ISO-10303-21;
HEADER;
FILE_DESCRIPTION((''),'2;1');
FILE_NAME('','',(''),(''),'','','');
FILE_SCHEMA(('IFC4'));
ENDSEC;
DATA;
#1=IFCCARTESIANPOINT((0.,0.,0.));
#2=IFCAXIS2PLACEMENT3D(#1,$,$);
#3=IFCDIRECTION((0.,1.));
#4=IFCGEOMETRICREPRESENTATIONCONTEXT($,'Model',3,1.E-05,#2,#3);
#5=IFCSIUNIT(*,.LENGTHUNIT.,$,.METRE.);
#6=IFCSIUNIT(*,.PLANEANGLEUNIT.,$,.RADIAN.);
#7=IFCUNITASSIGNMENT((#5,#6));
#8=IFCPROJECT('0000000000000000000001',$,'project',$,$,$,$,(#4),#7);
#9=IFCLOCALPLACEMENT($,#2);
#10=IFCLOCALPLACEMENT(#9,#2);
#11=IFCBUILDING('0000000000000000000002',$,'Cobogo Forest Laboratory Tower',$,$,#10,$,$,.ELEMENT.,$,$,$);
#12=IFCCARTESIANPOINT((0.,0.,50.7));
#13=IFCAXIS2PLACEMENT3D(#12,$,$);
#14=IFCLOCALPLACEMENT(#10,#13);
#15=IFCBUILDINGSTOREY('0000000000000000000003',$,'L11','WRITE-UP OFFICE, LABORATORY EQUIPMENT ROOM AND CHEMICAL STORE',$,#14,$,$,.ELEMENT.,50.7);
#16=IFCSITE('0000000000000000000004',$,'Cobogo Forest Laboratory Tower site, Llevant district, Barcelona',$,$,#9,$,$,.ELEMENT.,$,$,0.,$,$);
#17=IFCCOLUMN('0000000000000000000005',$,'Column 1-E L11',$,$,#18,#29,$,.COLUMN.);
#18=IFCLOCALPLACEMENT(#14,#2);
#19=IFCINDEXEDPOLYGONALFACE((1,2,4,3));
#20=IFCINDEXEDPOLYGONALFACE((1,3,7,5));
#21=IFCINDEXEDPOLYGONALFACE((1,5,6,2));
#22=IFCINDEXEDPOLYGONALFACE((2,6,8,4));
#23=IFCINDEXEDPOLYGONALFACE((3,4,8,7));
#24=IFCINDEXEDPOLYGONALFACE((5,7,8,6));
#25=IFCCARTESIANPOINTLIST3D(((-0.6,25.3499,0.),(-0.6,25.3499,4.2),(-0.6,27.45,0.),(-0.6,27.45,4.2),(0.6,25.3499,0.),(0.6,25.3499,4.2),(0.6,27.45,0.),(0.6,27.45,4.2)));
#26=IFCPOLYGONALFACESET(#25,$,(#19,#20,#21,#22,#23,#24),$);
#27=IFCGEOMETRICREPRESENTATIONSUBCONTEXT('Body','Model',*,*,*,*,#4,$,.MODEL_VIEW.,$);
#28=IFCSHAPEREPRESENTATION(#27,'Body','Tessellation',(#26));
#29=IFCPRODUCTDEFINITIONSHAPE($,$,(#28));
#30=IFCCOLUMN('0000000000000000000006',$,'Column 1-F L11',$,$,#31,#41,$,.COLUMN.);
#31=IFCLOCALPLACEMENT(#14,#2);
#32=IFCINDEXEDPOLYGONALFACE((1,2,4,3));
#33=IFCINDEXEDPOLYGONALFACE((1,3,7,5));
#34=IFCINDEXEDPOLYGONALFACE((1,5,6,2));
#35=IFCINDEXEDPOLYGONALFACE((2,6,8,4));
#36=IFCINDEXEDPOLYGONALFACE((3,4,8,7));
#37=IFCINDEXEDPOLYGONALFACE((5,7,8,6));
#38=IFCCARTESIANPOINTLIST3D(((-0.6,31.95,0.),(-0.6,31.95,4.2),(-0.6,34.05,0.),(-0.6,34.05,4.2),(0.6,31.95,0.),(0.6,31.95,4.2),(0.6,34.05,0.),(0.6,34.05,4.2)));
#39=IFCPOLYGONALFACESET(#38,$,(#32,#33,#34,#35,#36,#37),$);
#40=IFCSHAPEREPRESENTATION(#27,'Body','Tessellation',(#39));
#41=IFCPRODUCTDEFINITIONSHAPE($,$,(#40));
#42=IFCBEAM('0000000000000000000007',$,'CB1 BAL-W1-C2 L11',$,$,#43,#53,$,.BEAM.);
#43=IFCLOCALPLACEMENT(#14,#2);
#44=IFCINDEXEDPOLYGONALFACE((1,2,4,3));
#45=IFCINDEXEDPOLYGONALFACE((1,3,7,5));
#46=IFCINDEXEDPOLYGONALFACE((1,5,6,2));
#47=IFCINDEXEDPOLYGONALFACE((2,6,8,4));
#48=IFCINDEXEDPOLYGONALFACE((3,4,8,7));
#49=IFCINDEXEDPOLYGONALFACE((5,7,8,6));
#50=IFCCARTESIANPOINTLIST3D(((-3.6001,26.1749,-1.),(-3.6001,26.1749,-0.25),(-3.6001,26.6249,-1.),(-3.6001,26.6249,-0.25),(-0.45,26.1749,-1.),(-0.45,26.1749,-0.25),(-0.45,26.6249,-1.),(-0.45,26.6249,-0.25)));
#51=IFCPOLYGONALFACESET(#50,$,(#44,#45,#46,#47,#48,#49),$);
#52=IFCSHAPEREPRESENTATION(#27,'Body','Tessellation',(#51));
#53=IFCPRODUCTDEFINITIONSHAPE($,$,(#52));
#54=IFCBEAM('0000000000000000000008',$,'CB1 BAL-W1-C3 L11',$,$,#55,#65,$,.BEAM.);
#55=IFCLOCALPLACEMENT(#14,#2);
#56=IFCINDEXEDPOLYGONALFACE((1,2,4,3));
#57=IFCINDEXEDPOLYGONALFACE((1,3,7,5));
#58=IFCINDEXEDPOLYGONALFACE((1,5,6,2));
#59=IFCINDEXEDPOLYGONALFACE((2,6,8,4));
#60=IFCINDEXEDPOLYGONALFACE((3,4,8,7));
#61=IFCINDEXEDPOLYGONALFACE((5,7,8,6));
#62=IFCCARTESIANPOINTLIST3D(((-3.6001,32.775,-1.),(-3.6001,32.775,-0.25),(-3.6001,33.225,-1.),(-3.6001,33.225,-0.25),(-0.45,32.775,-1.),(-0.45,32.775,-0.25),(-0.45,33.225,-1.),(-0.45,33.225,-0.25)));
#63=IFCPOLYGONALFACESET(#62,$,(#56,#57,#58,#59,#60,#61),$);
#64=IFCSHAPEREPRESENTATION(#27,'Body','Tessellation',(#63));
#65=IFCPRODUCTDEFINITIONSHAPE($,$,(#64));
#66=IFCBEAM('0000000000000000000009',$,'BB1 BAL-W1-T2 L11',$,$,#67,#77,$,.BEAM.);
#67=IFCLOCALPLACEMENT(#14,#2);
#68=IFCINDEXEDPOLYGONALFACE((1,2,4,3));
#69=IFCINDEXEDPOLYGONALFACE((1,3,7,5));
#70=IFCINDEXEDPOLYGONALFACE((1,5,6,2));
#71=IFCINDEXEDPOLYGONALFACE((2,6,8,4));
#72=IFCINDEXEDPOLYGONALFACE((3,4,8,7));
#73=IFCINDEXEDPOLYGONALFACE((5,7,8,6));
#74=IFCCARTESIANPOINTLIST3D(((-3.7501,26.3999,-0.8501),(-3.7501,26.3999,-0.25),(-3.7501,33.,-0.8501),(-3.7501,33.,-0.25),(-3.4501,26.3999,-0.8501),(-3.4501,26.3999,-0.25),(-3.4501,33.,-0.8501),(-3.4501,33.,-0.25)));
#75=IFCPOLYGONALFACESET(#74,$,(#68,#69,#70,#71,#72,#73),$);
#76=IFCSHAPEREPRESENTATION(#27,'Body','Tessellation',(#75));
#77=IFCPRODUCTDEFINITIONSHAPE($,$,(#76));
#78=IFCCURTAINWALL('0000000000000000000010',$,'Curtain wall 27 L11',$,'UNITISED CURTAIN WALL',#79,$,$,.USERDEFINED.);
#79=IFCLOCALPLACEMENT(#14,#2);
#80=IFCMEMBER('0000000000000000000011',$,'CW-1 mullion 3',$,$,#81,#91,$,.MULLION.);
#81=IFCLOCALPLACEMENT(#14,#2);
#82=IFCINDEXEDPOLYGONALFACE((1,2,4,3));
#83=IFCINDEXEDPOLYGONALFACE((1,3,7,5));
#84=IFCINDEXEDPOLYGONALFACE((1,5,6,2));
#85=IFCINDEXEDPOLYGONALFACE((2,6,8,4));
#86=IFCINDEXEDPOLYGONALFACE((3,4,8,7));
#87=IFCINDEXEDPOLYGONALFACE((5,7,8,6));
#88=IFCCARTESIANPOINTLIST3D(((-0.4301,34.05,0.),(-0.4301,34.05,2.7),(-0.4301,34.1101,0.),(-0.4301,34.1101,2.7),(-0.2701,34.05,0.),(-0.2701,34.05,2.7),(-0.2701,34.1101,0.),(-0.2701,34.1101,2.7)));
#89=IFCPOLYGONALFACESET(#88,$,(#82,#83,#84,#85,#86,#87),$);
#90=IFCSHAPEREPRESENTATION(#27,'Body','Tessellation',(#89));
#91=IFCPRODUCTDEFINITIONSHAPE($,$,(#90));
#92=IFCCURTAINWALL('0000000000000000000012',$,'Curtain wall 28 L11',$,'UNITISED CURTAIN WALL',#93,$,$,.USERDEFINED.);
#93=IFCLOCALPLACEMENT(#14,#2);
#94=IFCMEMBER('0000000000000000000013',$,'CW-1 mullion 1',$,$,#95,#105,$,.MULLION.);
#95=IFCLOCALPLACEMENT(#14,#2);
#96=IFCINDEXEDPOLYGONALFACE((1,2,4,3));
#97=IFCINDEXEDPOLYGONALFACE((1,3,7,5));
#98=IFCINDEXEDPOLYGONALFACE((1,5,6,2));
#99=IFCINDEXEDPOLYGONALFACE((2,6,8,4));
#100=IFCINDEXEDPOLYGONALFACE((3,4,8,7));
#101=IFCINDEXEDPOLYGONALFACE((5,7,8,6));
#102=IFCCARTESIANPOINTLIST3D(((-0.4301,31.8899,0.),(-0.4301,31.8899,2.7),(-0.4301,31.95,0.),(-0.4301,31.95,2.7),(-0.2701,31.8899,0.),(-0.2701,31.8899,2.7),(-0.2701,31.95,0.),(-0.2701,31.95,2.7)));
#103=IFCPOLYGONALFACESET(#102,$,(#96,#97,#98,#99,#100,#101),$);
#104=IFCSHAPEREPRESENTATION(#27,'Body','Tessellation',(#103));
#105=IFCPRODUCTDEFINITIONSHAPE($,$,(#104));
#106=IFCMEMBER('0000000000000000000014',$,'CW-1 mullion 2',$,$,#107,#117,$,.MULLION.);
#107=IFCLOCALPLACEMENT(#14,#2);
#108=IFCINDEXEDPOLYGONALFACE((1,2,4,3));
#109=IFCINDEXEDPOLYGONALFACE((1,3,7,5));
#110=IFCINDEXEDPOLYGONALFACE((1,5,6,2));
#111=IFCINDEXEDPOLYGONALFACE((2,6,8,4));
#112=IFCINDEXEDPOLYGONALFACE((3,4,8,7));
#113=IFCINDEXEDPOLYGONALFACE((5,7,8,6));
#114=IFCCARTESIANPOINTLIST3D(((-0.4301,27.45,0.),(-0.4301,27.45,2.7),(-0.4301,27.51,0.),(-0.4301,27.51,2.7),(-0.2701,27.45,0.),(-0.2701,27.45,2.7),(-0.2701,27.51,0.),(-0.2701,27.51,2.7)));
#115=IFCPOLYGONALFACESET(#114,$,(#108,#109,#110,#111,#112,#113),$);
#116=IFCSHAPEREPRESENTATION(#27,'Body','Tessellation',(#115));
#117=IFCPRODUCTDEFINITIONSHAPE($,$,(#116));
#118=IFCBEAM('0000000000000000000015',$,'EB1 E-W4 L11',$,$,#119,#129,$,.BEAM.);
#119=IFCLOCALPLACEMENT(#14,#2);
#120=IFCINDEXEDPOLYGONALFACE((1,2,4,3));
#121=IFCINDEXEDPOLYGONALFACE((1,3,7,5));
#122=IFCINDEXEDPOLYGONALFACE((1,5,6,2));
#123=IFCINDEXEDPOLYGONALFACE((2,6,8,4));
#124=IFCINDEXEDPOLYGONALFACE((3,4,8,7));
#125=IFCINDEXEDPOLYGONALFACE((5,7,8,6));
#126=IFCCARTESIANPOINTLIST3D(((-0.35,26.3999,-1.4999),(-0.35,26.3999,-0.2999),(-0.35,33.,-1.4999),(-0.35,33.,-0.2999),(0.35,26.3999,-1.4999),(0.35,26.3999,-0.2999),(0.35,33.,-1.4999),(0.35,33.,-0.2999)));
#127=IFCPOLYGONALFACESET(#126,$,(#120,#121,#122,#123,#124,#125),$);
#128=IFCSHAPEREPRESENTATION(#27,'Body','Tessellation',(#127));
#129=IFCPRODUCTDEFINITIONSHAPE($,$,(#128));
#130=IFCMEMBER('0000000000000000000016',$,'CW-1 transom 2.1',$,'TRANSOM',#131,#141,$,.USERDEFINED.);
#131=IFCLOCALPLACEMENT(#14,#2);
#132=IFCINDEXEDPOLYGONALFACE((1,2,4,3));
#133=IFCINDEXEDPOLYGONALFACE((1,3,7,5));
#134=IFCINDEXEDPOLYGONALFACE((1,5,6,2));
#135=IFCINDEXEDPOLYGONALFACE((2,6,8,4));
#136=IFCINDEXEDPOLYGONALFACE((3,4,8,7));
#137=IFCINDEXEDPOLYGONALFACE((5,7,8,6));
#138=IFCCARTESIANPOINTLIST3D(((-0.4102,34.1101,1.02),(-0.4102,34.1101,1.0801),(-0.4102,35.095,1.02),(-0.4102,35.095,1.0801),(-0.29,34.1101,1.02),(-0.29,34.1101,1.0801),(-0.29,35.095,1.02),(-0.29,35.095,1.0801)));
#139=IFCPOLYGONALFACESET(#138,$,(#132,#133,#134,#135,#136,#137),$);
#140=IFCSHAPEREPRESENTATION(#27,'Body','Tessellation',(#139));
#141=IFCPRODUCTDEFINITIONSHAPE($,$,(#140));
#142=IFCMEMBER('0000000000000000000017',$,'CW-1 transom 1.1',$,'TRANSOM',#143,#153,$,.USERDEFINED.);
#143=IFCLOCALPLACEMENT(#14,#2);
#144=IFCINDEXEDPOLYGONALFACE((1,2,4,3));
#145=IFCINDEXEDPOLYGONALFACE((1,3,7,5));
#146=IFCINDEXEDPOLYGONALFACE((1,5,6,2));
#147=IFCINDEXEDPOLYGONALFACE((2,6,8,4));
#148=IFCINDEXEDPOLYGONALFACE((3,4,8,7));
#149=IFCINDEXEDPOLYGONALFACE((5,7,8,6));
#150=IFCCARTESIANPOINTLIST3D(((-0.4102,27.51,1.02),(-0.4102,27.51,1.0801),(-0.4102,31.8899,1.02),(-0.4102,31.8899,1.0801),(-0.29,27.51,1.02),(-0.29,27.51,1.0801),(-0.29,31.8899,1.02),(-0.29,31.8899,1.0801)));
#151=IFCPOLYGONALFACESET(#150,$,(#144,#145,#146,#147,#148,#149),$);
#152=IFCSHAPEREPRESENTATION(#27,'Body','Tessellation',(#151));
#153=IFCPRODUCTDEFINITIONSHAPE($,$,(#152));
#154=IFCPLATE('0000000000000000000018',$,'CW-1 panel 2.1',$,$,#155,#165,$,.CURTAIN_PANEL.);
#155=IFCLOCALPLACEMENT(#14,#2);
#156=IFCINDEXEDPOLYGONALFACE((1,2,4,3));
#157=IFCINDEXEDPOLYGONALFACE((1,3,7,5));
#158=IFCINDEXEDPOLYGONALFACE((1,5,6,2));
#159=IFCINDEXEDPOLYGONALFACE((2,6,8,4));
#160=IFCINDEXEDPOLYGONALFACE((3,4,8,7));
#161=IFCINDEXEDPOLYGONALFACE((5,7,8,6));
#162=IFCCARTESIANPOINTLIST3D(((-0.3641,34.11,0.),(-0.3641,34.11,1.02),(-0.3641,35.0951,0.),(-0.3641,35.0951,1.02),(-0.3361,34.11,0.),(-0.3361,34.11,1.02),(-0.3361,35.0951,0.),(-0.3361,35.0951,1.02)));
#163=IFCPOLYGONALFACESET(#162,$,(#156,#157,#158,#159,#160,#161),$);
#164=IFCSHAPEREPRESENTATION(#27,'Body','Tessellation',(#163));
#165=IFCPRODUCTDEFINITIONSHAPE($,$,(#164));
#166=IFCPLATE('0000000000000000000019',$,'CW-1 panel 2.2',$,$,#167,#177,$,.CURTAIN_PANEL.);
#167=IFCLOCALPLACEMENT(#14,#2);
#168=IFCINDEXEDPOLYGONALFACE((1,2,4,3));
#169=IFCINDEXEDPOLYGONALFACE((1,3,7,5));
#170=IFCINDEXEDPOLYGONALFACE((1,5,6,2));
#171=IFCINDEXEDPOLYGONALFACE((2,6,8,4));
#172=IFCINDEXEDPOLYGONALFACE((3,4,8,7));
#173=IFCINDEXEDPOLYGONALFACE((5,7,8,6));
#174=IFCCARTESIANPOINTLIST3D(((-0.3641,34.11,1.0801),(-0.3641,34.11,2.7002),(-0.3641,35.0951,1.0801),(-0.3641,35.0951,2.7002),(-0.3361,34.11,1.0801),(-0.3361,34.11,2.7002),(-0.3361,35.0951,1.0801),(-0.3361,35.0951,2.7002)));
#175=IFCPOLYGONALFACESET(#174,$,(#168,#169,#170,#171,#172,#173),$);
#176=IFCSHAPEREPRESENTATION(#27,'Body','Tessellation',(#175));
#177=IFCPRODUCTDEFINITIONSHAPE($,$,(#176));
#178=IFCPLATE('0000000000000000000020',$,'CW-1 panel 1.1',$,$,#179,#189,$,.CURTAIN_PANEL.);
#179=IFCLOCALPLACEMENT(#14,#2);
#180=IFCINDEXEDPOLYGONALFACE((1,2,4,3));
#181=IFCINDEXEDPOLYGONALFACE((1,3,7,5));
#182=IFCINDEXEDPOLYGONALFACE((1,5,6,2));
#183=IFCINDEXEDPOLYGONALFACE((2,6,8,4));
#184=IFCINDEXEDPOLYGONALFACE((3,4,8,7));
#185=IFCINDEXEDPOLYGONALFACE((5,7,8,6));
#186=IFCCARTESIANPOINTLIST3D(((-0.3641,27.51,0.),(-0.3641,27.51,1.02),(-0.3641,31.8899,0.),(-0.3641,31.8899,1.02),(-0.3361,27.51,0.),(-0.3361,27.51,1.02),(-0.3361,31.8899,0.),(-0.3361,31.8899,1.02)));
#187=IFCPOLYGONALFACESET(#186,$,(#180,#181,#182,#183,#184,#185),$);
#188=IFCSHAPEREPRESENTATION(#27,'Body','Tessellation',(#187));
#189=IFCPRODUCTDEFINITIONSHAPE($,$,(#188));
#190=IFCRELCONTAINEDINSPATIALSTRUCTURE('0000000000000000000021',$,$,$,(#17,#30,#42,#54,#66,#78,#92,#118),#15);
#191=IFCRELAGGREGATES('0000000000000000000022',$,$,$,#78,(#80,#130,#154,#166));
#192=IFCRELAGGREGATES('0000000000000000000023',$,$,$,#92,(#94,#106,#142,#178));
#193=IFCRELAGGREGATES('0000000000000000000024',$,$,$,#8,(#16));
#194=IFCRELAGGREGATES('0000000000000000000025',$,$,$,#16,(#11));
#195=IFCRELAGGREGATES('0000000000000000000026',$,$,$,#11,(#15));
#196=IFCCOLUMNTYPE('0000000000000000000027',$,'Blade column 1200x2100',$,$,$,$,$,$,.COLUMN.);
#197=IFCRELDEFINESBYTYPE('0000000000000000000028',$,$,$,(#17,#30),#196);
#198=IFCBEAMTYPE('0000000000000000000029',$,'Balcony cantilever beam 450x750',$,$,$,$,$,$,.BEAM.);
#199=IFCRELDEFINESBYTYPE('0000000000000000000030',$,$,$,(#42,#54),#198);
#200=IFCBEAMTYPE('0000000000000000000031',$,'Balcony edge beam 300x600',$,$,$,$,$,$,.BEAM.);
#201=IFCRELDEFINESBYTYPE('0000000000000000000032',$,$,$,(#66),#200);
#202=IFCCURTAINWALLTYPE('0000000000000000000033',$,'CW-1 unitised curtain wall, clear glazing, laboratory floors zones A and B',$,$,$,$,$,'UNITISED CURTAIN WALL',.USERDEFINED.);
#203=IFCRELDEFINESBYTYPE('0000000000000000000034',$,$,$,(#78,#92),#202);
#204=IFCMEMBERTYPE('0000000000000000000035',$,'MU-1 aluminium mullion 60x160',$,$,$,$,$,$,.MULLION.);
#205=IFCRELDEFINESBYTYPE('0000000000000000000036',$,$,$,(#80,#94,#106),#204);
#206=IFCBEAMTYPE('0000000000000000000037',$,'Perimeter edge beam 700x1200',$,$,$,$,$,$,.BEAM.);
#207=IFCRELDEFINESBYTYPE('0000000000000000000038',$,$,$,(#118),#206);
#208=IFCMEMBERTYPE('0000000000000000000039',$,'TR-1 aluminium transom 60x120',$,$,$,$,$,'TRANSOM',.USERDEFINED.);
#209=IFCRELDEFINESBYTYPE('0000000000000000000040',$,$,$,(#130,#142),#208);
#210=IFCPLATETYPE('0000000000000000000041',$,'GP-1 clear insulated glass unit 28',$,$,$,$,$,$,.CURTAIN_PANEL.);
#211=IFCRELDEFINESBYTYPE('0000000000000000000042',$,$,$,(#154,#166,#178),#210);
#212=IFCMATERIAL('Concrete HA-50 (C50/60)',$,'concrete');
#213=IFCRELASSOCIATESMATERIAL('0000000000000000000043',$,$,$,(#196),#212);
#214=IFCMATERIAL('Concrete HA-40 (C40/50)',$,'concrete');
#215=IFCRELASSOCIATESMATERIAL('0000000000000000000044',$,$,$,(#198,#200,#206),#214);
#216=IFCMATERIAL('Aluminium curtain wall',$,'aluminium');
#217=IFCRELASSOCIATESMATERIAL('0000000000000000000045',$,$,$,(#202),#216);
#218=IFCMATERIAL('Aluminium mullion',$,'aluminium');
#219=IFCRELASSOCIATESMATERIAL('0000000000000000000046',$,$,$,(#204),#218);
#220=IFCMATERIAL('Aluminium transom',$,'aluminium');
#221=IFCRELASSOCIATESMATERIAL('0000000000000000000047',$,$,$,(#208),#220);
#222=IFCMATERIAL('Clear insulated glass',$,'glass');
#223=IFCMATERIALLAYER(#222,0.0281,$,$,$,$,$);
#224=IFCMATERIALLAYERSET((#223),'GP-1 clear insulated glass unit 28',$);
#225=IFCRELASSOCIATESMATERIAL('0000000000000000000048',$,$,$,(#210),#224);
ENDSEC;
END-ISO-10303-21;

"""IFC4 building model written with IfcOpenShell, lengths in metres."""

from ifc_helpers import new_model, si_unit, direction, frame, origin, origin_2d, place, context, subcontext, project, spatial, rectangle, extrude, material, layer, layer_set, material_profile, profile_set, type_object, element, aggregate, save


model = new_model("IFC4")

# Units and contexts
model_context = context("Model", 3, precision=1e-05, world=origin(), true_north=direction((0.0, 1.0)))
body_context = subcontext(model_context, "Body", "Model", "MODEL_VIEW")
ifc_project = project(units=[si_unit("LENGTHUNIT", "METRE"), si_unit("PLANEANGLEUNIT", "RADIAN")], contexts=[model_context])

# Site, building, storey
site_placement = place(None, origin())
site = spatial("IfcSite", under=ifc_project, at=site_placement, Name="Cobogo Forest Laboratory Tower site, Llevant district, Barcelona", CompositionType="ELEMENT", RefElevation=0.0)
building_placement = place(site_placement, origin())
building = spatial("IfcBuilding", under=site, at=building_placement, Name="Cobogo Forest Laboratory Tower", CompositionType="ELEMENT")
storey_placement = place(building_placement, frame((0.0, 0.0, 50.7)))
storey = spatial("IfcBuildingStorey", under=building, at=storey_placement, Name="L11", Description="WRITE-UP OFFICE, LABORATORY EQUIPMENT ROOM AND CHEMICAL STORE", CompositionType="ELEMENT", Elevation=50.7)

# Columns
ifc_material_1 = material(Name="Concrete HA-50 (C50/60)", Category="concrete")
ifc_material_profile_1 = material_profile(ifc_material_1, rectangle(XDim=2.1001, YDim=1.2, at=origin_2d()), Name="RC 1200x2100")
ifc_profile_set_1 = profile_set([ifc_material_profile_1], Name="Concrete HA-50 (C50/60)")
column_type = type_object("IfcColumnType", Name="Blade column 1200x2100", PredefinedType="COLUMN", material=ifc_profile_set_1)
for number, where, z_axis, x_axis, name in (
    (1, (0.0, 26.3999, 0.0), (0.0, 0.0, 1.0), (0.0, 1.0, 0.0), "Column 1-E L11"),
    (2, (0.0, 33.0, 0.0), (0.0, 0.0, 1.0), (0.0, 1.0, 0.0), "Column 1-F L11"),
):
    element("IfcColumn", number, at=place(storey_placement, frame(where, z_axis=z_axis, x_axis=x_axis)), inside=storey, type_object=column_type, Name=name, PredefinedType="COLUMN", context=body_context, shape_type="SweptSolid", body=[
        extrude(rectangle(XDim=2.1001, YDim=1.2, at=origin_2d()), origin(), (0.0, 0.0, 1.0), 4.2),
    ])

# Beams
ifc_material_2 = material(Name="Concrete HA-40 (C40/50)", Category="concrete")
ifc_material_profile_2 = material_profile(ifc_material_2, rectangle(XDim=0.45, YDim=0.75, at=origin_2d()), Name="RC 450x750")
ifc_profile_set_2 = profile_set([ifc_material_profile_2], Name="Concrete HA-40 (C40/50)")
beam_type_1 = type_object("IfcBeamType", Name="Balcony cantilever beam 450x750", PredefinedType="BEAM", material=ifc_profile_set_2)
for number, where, z_axis, x_axis, name in (
    (3, (-0.45, 26.3999, -0.625), (-1.0, 0.0, 0.0), (0.0, -1.0, 0.0), "CB1 BAL-W1-C2 L11"),
    (4, (-0.45, 33.0, -0.625), (-1.0, 0.0, 0.0), (0.0, -1.0, 0.0), "CB1 BAL-W1-C3 L11"),
):
    element("IfcBeam", number, at=place(storey_placement, frame(where, z_axis=z_axis, x_axis=x_axis)), inside=storey, type_object=beam_type_1, Name=name, PredefinedType="BEAM", context=body_context, shape_type="SweptSolid", body=[
        extrude(rectangle(XDim=0.45, YDim=0.75, at=origin_2d()), origin(), (0.0, 0.0, 1.0), 3.1501),
    ])
ifc_material_profile_3 = material_profile(ifc_material_2, rectangle(XDim=0.3, YDim=0.6001, at=origin_2d()), Name="RC 300x600")
ifc_profile_set_3 = profile_set([ifc_material_profile_3], Name="Concrete HA-40 (C40/50)")
beam_type_2 = type_object("IfcBeamType", Name="Balcony edge beam 300x600", PredefinedType="BEAM", material=ifc_profile_set_3)
beam_1_placement = place(storey_placement, frame((-3.6001, 26.3999, -0.55), z_axis=(0.0, 1.0, 0.0), x_axis=(-1.0, 0.0, 0.0)))
element("IfcBeam", 5, at=beam_1_placement, inside=storey, type_object=beam_type_2, Name="BB1 BAL-W1-T2 L11", PredefinedType="BEAM", context=body_context, shape_type="SweptSolid", body=[
    extrude(rectangle(XDim=0.3, YDim=0.6001, at=origin_2d()), origin(), (0.0, 0.0, 1.0), 6.6001),
])

# Curtain wall, member
ifc_material_3 = material(Name="Aluminium curtain wall", Category="aluminium")
curtain_wall_type = type_object("IfcCurtainWallType", Name="CW-1 unitised curtain wall, clear glazing, laboratory floors zones A and B", ElementType="UNITISED CURTAIN WALL", PredefinedType="USERDEFINED", material=ifc_material_3)
curtain_wall_1_placement = place(storey_placement, origin())
curtain_wall_1 = element("IfcCurtainWall", 6, at=curtain_wall_1_placement, inside=storey, type_object=curtain_wall_type, Name="Curtain wall 27 L11", ObjectType="UNITISED CURTAIN WALL", PredefinedType="USERDEFINED")
ifc_material_4 = material(Name="Aluminium mullion", Category="aluminium")
ifc_material_profile_4 = material_profile(ifc_material_4, rectangle(XDim=0.0601, YDim=0.1599, at=origin_2d()), Name="AL 60x160")
ifc_profile_set_4 = profile_set([ifc_material_profile_4], Name="Aluminium mullion")
member_type_1 = type_object("IfcMemberType", Name="MU-1 aluminium mullion 60x160", PredefinedType="MULLION", material=ifc_profile_set_4)
member_1_placement = place(storey_placement, frame((-0.3501, 34.0801, 0.0), z_axis=(0.0, 0.0, 1.0), x_axis=(0.0, -1.0, 0.0)))
member_1 = element("IfcMember", 7, at=member_1_placement, type_object=member_type_1, Name="CW-1 mullion 3", PredefinedType="MULLION", context=body_context, shape_type="SweptSolid", body=[
    extrude(rectangle(XDim=0.0601, YDim=0.1599, at=origin_2d()), origin(), (0.0, 0.0, 1.0), 2.7),
])

# Curtain wall, members
curtain_wall_2_placement = place(storey_placement, origin())
curtain_wall_2 = element("IfcCurtainWall", 8, at=curtain_wall_2_placement, inside=storey, type_object=curtain_wall_type, Name="Curtain wall 28 L11", ObjectType="UNITISED CURTAIN WALL", PredefinedType="USERDEFINED")
member_2_placement = place(storey_placement, frame((-0.3501, 31.9199, 0.0), z_axis=(0.0, 0.0, 1.0), x_axis=(0.0, -1.0, 0.0)))
member_2 = element("IfcMember", 9, at=member_2_placement, type_object=member_type_1, Name="CW-1 mullion 1", PredefinedType="MULLION", context=body_context, shape_type="SweptSolid", body=[
    extrude(rectangle(XDim=0.0601, YDim=0.1599, at=origin_2d()), origin(), (0.0, 0.0, 1.0), 2.7),
])
member_3_placement = place(storey_placement, frame((-0.3501, 27.48, 0.0), z_axis=(0.0, 0.0, 1.0), x_axis=(0.0, -1.0, 0.0)))
member_3 = element("IfcMember", 10, at=member_3_placement, type_object=member_type_1, Name="CW-1 mullion 2", PredefinedType="MULLION", context=body_context, shape_type="SweptSolid", body=[
    extrude(rectangle(XDim=0.0601, YDim=0.1599, at=origin_2d()), origin(), (0.0, 0.0, 1.0), 2.7),
])

# Beam
ifc_material_profile_5 = material_profile(ifc_material_2, rectangle(XDim=0.7, YDim=1.2, at=origin_2d()), Name="RC 700x1200")
ifc_profile_set_5 = profile_set([ifc_material_profile_5], Name="Concrete HA-40 (C40/50)")
beam_type_3 = type_object("IfcBeamType", Name="Perimeter edge beam 700x1200", PredefinedType="BEAM", material=ifc_profile_set_5)
beam_2_placement = place(storey_placement, frame((0.0, 26.3999, -0.8999), z_axis=(0.0, 1.0, 0.0), x_axis=(-1.0, 0.0, 0.0)))
element("IfcBeam", 11, at=beam_2_placement, inside=storey, type_object=beam_type_3, Name="EB1 E-W4 L11", PredefinedType="BEAM", context=body_context, shape_type="SweptSolid", body=[
    extrude(rectangle(XDim=0.7, YDim=1.2, at=origin_2d()), origin(), (0.0, 0.0, 1.0), 6.6001),
])

# Members
ifc_material_5 = material(Name="Aluminium transom", Category="aluminium")
ifc_material_profile_6 = material_profile(ifc_material_5, rectangle(XDim=0.1201, YDim=0.0601, at=origin_2d()), Name="AL 60x120")
ifc_profile_set_6 = profile_set([ifc_material_profile_6], Name="Aluminium transom")
member_type_2 = type_object("IfcMemberType", Name="TR-1 aluminium transom 60x120", ElementType="TRANSOM", PredefinedType="USERDEFINED", material=ifc_profile_set_6)
member_4_placement = place(storey_placement, frame((-0.3501, 35.095, 1.05), z_axis=(0.0, -1.0, 0.0), x_axis=(1.0, 0.0, 0.0)))
member_4 = element("IfcMember", 12, at=member_4_placement, type_object=member_type_2, Name="CW-1 transom 2.1", ObjectType="TRANSOM", PredefinedType="USERDEFINED", context=body_context, shape_type="SweptSolid", body=[
    extrude(rectangle(XDim=0.1201, YDim=0.0601, at=origin_2d()), origin(), (0.0, 0.0, 1.0), 0.9849),
])
member_5_placement = place(storey_placement, frame((-0.3501, 31.8899, 1.05), z_axis=(0.0, -1.0, 0.0), x_axis=(1.0, 0.0, 0.0)))
member_5 = element("IfcMember", 13, at=member_5_placement, type_object=member_type_2, Name="CW-1 transom 1.1", ObjectType="TRANSOM", PredefinedType="USERDEFINED", context=body_context, shape_type="SweptSolid", body=[
    extrude(rectangle(XDim=0.1201, YDim=0.0601, at=origin_2d()), origin(), (0.0, 0.0, 1.0), 4.3799),
])

# Plates
ifc_material_6 = material(Name="Clear insulated glass", Category="glass")
ifc_layer_1 = layer(ifc_material_6, 0.0281)
ifc_layer_set_1 = layer_set([ifc_layer_1], Name="GP-1 clear insulated glass unit 28")
plate_type_1 = type_object("IfcPlateType", Name="GP-1 clear insulated glass unit 28", PredefinedType="CURTAIN_PANEL", material=ifc_layer_set_1)
plate_1_placement = place(storey_placement, frame((-0.3501, 34.6025, 0.0), z_axis=(0.0, 0.0, 1.0), x_axis=(0.0, -1.0, 0.0)))
plate_1 = element("IfcPlate", 14, at=plate_1_placement, type_object=plate_type_1, Name="CW-1 panel 2.1", PredefinedType="CURTAIN_PANEL", context=body_context, shape_type="SweptSolid", body=[
    extrude(rectangle(XDim=0.9851, YDim=0.0281, at=origin_2d()), origin(), (0.0, 0.0, 1.0), 1.02),
])
plate_2_placement = place(storey_placement, frame((-0.3501, 34.6025, 1.0801), z_axis=(0.0, 0.0, 1.0), x_axis=(0.0, -1.0, 0.0)))
plate_2 = element("IfcPlate", 15, at=plate_2_placement, type_object=plate_type_1, Name="CW-1 panel 2.2", PredefinedType="CURTAIN_PANEL", context=body_context, shape_type="SweptSolid", body=[
    extrude(rectangle(XDim=0.9851, YDim=0.0281, at=origin_2d()), origin(), (0.0, 0.0, 1.0), 1.6201),
])
aggregate(curtain_wall_1, [member_1, member_4, plate_1, plate_2])
plate_3_placement = place(storey_placement, frame((-0.3501, 29.7, 0.0), z_axis=(0.0, 0.0, 1.0), x_axis=(0.0, -1.0, 0.0)))
plate_3 = element("IfcPlate", 16, at=plate_3_placement, type_object=plate_type_1, Name="CW-1 panel 1.1", PredefinedType="CURTAIN_PANEL", context=body_context, shape_type="SweptSolid", body=[
    extrude(rectangle(XDim=4.3799, YDim=0.0281, at=origin_2d()), origin(), (0.0, 0.0, 1.0), 1.02),
])
aggregate(curtain_wall_2, [member_2, member_3, member_5, plate_3])

save(model, "model.ifc")
